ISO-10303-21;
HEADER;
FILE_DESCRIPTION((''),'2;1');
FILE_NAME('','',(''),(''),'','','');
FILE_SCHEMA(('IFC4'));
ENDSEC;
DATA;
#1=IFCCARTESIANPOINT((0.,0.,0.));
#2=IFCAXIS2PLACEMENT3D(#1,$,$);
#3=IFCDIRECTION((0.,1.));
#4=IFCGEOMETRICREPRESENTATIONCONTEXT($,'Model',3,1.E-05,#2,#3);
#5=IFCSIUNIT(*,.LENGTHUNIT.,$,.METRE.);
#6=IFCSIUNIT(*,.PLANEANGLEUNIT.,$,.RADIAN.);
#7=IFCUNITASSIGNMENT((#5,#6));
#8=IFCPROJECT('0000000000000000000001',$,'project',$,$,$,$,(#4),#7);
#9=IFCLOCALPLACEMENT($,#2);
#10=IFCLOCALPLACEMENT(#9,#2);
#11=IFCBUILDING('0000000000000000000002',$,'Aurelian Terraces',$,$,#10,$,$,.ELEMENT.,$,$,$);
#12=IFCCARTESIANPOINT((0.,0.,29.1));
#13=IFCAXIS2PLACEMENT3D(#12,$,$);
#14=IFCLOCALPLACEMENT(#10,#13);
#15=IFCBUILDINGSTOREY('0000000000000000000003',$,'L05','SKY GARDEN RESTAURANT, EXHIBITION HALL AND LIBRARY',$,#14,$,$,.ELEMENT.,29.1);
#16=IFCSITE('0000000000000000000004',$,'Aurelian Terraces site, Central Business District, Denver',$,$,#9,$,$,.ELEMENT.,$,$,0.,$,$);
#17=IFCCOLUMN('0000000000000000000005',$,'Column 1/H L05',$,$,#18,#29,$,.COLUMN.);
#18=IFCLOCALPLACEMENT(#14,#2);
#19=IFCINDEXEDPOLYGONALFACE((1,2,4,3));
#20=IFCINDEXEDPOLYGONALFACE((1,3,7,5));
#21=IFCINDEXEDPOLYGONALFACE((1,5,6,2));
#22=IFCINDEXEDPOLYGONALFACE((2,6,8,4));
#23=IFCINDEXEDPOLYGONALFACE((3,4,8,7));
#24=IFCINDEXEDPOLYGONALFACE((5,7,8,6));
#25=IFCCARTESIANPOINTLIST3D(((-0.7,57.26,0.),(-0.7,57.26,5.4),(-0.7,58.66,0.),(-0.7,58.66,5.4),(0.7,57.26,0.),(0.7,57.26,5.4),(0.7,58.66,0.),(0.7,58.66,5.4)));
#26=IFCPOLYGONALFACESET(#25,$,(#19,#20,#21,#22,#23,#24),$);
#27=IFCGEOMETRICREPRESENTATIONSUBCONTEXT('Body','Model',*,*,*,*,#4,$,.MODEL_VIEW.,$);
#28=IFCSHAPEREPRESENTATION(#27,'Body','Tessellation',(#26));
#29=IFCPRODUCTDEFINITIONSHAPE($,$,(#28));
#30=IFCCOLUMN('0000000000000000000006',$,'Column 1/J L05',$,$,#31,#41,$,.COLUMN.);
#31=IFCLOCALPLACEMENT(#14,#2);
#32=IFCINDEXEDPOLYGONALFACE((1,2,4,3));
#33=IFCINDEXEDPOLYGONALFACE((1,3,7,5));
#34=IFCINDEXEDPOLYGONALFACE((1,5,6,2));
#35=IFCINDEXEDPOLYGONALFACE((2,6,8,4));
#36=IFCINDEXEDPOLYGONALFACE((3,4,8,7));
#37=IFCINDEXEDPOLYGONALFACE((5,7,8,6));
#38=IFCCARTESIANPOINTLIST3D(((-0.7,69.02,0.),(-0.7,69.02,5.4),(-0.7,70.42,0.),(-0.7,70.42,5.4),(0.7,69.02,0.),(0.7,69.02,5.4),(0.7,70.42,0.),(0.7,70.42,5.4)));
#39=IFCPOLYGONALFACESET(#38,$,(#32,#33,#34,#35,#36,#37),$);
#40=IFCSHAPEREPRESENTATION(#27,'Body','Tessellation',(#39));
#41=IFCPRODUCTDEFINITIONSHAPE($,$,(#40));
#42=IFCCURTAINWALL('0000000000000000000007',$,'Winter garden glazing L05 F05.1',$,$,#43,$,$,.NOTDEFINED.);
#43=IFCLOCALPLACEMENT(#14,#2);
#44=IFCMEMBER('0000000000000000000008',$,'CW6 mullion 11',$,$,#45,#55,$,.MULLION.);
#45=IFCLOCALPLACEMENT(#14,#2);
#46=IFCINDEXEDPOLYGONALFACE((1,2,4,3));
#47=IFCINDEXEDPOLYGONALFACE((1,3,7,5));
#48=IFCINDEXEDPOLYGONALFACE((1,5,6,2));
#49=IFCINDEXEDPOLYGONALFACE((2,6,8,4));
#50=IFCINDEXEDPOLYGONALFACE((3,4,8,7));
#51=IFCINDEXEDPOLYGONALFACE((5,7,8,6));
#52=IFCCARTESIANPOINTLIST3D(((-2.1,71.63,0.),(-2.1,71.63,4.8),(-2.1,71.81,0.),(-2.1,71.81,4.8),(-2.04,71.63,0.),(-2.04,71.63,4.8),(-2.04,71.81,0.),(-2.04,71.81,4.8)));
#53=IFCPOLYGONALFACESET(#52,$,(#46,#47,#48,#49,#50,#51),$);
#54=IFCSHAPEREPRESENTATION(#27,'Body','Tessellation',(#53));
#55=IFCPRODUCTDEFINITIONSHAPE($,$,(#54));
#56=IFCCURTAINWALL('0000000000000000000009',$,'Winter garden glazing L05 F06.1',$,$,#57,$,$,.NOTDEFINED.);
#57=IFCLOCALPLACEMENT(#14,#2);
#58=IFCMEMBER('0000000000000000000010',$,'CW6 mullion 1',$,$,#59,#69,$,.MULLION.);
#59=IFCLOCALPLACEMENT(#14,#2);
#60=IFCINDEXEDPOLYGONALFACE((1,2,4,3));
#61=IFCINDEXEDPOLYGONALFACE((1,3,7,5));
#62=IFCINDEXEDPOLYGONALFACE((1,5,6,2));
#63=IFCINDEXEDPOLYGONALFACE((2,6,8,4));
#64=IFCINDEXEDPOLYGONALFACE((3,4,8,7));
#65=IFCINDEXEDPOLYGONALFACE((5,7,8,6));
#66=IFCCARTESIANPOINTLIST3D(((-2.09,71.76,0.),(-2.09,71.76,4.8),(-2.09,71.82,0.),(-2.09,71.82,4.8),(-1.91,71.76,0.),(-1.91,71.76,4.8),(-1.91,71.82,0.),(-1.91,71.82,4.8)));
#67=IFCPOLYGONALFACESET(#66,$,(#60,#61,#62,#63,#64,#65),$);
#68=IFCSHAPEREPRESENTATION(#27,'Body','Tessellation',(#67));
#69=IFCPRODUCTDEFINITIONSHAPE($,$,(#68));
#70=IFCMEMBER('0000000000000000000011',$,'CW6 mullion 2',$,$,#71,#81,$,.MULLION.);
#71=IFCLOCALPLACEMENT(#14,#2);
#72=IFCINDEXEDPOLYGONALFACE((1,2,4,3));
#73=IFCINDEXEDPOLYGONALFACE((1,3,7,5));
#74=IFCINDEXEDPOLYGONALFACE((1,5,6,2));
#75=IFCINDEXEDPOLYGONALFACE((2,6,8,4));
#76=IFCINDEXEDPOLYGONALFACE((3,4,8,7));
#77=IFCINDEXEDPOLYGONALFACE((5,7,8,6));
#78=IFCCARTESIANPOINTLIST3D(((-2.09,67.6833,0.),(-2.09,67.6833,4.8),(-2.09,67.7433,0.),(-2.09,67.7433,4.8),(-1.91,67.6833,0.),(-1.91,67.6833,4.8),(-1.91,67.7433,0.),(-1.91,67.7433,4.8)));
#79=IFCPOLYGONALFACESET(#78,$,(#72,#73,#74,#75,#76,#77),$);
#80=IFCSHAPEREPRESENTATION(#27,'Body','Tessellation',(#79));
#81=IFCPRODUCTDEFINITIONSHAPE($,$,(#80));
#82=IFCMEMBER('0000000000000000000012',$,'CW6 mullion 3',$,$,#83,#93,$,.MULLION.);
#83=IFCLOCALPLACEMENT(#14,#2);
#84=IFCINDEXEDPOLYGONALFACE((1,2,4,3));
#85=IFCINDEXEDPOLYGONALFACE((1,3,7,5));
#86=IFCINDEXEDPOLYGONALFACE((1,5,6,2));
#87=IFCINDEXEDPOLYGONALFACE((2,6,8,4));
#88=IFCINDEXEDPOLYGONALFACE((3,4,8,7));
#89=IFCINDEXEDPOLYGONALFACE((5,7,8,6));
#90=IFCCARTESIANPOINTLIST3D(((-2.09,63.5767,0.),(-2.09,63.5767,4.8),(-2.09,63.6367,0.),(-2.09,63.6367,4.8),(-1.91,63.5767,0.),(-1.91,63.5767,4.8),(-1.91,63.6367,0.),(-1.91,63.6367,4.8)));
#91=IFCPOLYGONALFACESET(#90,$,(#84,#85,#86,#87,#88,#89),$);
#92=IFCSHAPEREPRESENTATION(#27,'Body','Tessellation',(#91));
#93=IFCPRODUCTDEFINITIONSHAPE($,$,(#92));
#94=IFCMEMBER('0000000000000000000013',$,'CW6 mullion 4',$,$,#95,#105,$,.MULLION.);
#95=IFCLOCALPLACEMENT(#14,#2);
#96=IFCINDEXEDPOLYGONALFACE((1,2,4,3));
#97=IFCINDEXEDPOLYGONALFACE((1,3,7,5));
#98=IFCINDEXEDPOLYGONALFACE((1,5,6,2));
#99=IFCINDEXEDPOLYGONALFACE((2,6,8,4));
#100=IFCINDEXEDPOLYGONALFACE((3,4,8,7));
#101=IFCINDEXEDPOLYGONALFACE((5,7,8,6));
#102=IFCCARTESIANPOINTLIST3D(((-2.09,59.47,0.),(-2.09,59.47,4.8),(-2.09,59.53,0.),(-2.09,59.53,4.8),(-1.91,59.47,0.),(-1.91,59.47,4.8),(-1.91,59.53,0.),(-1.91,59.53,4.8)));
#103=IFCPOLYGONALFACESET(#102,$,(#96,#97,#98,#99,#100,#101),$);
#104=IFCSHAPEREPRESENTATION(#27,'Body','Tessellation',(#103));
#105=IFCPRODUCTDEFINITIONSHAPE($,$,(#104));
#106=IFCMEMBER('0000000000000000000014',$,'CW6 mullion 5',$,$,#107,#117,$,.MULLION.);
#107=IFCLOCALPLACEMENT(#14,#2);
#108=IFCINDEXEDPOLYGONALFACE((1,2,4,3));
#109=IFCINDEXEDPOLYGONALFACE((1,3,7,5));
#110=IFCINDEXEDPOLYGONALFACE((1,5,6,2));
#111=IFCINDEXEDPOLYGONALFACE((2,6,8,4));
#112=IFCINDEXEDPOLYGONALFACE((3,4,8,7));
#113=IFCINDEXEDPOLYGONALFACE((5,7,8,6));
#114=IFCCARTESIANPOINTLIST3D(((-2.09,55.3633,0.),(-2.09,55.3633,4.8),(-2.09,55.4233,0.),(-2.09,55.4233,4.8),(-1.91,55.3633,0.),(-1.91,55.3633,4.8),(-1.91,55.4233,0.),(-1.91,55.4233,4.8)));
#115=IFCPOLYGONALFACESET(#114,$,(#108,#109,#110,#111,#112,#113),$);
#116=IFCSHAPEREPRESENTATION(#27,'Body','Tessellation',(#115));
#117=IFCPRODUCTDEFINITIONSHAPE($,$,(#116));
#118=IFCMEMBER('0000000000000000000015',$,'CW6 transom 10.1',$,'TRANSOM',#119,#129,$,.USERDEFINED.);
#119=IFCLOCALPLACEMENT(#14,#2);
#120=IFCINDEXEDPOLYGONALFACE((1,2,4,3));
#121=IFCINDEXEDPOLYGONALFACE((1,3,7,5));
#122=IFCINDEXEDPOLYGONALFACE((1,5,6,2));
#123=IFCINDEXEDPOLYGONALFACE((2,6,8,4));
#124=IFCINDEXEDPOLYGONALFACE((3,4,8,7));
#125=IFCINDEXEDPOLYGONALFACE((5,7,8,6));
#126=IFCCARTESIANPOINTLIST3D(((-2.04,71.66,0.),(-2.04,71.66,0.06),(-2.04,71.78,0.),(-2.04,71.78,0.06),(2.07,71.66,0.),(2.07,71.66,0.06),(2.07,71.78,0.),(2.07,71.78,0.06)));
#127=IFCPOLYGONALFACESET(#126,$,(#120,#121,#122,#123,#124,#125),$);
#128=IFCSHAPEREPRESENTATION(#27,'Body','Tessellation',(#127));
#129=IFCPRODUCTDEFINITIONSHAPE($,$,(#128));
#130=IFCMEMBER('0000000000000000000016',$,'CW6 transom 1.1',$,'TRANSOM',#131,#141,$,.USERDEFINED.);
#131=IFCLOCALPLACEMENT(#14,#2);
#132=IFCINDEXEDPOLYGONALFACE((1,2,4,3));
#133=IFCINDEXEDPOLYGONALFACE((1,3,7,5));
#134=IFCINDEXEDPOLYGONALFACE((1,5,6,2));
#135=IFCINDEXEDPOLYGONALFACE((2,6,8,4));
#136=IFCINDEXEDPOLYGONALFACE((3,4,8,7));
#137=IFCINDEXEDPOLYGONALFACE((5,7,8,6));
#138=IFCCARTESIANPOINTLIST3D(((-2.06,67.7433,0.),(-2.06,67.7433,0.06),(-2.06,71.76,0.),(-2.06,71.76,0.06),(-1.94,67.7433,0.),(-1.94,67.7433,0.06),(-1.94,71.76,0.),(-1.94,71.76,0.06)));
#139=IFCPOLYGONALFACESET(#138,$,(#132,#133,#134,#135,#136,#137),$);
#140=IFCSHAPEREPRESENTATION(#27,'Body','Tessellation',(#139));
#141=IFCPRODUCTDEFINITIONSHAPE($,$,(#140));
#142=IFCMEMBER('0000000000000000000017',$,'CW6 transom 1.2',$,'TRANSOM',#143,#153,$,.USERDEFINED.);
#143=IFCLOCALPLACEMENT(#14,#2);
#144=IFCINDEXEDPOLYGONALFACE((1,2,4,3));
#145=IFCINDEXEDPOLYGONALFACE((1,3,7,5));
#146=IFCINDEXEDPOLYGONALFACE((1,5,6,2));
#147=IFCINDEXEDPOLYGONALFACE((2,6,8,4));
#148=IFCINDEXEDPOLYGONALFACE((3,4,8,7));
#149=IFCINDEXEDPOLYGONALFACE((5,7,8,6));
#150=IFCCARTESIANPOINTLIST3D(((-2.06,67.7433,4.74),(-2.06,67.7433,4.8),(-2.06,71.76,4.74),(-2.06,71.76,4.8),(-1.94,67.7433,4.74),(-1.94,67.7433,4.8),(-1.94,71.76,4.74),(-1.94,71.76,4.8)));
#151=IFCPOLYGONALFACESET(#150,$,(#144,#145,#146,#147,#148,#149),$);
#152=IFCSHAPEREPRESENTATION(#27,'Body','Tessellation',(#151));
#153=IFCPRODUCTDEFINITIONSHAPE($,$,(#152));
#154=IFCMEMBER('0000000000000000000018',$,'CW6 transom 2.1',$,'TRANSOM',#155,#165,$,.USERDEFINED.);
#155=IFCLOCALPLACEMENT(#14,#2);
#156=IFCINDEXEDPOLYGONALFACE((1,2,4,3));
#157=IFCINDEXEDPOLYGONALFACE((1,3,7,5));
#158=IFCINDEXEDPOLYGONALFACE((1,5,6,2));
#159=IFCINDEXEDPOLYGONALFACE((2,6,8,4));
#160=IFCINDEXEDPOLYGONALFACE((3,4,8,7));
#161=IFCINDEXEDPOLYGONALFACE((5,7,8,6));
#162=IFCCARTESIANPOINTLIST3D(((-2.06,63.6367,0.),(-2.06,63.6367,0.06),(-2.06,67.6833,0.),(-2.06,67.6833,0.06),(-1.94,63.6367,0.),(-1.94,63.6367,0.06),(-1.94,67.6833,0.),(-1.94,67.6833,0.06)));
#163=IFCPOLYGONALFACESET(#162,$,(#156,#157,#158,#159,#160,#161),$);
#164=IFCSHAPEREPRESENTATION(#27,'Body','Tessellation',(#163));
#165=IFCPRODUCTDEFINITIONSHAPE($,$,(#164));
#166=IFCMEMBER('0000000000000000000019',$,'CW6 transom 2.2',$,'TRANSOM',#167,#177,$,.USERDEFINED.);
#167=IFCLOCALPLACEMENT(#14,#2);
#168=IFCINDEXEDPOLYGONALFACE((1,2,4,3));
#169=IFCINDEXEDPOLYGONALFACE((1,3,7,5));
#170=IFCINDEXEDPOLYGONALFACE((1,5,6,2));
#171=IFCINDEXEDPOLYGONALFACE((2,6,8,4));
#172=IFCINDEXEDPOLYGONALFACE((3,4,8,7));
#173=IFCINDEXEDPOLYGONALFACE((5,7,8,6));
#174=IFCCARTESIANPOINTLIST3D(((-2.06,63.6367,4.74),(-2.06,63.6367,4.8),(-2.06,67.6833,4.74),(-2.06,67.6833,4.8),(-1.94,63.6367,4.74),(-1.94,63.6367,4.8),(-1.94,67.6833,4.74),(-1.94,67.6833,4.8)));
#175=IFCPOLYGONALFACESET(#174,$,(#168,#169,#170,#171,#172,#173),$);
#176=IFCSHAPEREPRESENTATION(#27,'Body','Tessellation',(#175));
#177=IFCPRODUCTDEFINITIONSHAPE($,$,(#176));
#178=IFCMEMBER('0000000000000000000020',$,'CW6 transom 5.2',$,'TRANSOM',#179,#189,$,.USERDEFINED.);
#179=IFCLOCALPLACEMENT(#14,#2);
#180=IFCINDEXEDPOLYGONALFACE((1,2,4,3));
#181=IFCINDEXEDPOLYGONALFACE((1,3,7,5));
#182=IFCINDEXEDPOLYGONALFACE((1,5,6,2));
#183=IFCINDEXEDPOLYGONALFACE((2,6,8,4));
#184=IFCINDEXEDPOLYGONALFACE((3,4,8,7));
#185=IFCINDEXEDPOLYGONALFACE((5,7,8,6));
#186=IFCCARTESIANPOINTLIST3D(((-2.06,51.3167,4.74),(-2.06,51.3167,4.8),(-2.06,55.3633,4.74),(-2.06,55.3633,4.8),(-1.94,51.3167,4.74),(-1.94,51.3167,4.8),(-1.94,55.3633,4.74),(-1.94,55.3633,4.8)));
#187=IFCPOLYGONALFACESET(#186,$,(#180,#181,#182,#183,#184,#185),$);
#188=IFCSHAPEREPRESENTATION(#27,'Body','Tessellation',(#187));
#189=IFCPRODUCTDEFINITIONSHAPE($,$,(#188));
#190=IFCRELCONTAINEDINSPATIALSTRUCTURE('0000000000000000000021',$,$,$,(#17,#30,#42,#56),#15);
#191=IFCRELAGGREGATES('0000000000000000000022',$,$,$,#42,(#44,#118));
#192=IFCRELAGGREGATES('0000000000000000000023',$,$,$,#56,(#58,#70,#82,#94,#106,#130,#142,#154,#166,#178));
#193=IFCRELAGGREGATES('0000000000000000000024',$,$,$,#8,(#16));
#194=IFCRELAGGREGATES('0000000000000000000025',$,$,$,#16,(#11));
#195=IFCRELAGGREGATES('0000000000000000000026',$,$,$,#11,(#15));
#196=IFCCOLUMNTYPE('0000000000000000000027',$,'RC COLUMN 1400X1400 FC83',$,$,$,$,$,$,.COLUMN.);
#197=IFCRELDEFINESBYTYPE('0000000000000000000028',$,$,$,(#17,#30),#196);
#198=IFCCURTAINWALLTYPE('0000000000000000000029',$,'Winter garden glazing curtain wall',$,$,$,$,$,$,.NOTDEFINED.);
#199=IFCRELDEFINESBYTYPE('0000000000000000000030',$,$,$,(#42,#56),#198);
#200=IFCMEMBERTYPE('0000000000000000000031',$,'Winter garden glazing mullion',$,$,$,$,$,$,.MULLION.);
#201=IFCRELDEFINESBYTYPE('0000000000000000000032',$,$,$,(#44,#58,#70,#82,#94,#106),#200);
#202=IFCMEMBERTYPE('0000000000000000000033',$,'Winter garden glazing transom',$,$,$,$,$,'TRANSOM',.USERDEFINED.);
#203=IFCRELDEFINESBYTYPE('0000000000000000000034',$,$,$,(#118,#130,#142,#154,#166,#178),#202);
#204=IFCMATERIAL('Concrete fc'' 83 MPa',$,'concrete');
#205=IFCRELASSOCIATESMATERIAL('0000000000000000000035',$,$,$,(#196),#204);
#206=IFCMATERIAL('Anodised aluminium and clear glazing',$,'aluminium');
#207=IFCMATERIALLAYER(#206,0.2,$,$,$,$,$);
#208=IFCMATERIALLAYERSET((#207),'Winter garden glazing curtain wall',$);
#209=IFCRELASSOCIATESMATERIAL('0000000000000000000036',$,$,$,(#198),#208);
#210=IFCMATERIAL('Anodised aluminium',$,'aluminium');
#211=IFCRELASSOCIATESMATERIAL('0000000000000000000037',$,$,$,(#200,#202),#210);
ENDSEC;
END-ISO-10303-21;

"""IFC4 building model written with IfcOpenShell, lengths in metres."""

from ifc_helpers import new_model, si_unit, direction, frame, origin, origin_2d, place, context, subcontext, project, spatial, rectangle, extrude, source, transform, mapped, material, layer, layer_set, material_profile, profile_set, type_object, element, aggregate, save


model = new_model("IFC4")

# Units and contexts
model_context = context("Model", 3, precision=1e-05, world=origin(), true_north=direction((0.0, 1.0)))
body_context = subcontext(model_context, "Body", "Model", "MODEL_VIEW")
ifc_project = project(units=[si_unit("LENGTHUNIT", "METRE"), si_unit("PLANEANGLEUNIT", "RADIAN")], contexts=[model_context])

# Site, building, storey
site_placement = place(None, origin())
site = spatial("IfcSite", under=ifc_project, at=site_placement, Name="Aurelian Terraces site, Central Business District, Denver", CompositionType="ELEMENT", RefElevation=0.0)
building_placement = place(site_placement, origin())
building = spatial("IfcBuilding", under=site, at=building_placement, Name="Aurelian Terraces", CompositionType="ELEMENT")
storey_placement = place(building_placement, frame((0.0, 0.0, 29.1)))
storey = spatial("IfcBuildingStorey", under=building, at=storey_placement, Name="L05", Description="SKY GARDEN RESTAURANT, EXHIBITION HALL AND LIBRARY", CompositionType="ELEMENT", Elevation=29.1)

# Columns
ifc_material_1 = material(Name="Concrete fc' 83 MPa", Category="concrete")
ifc_material_profile_1 = material_profile(ifc_material_1, rectangle(XDim=1.4, YDim=1.4, at=origin_2d()))
ifc_profile_set_1 = profile_set([ifc_material_profile_1], Name="Concrete fc' 83 MPa")
column_type = type_object("IfcColumnType", Name="RC COLUMN 1400X1400 FC83", PredefinedType="COLUMN", material=ifc_profile_set_1)
shared_shape_1 = source(origin(), body_context, "Body", "SweptSolid", [
    extrude(rectangle(XDim=1.4, YDim=1.4, at=origin_2d()), origin(), (0.0, 0.0, 1.0), 5.4),
])
for number, where, z_axis, x_axis, name in (
    (1, (0.0, 57.96, 0.0), (0.0, 0.0, 1.0), (1.0, 0.0, 0.0), "Column 1/H L05"),
    (2, (0.0, 69.72, 0.0), (0.0, 0.0, 1.0), (1.0, 0.0, 0.0), "Column 1/J L05"),
):
    element("IfcColumn", number, at=place(storey_placement, frame(where, z_axis=z_axis, x_axis=x_axis)), inside=storey, type_object=column_type, Name=name, PredefinedType="COLUMN", context=body_context, shape_type="MappedRepresentation", body=[
        mapped(shared_shape_1, transform((0.0, 0.0, 0.0), scale=1.0)),
    ])

# Curtain wall, member
ifc_material_2 = material(Name="Anodised aluminium and clear glazing", Category="aluminium")
ifc_layer_1 = layer(ifc_material_2, 0.2)
ifc_layer_set_1 = layer_set([ifc_layer_1], Name="Winter garden glazing curtain wall")
curtain_wall_type = type_object("IfcCurtainWallType", Name="Winter garden glazing curtain wall", PredefinedType="NOTDEFINED", material=ifc_layer_set_1)
curtain_wall_1_placement = place(storey_placement, origin())
curtain_wall_1 = element("IfcCurtainWall", 3, at=curtain_wall_1_placement, inside=storey, type_object=curtain_wall_type, Name="Winter garden glazing L05 F05.1", PredefinedType="NOTDEFINED")
ifc_material_3 = material(Name="Anodised aluminium", Category="aluminium")
ifc_material_profile_2 = material_profile(ifc_material_3, rectangle(XDim=0.18, YDim=0.06, at=origin_2d()))
ifc_profile_set_2 = profile_set([ifc_material_profile_2], Name="Anodised aluminium")
member_type_1 = type_object("IfcMemberType", Name="Winter garden glazing mullion", PredefinedType="MULLION", material=ifc_profile_set_2)
shared_shape_2 = source(origin(), body_context, "Body", "SweptSolid", [
    extrude(rectangle(XDim=0.18, YDim=0.06, at=origin_2d()), origin(), (0.0, 0.0, 1.0), 4.8),
])
member_1_placement = place(storey_placement, frame((-2.07, 71.72, 0.0), z_axis=(0.0, 0.0, 1.0), x_axis=(0.0, -1.0, 0.0)))
member_1 = element("IfcMember", 4, at=member_1_placement, type_object=member_type_1, Name="CW6 mullion 11", PredefinedType="MULLION", context=body_context, shape_type="MappedRepresentation", body=[
    mapped(shared_shape_2, transform((0.0, 0.0, 0.0), scale=1.0)),
])

# Curtain wall, members
curtain_wall_2_placement = place(storey_placement, origin())
curtain_wall_2 = element("IfcCurtainWall", 5, at=curtain_wall_2_placement, inside=storey, type_object=curtain_wall_type, Name="Winter garden glazing L05 F06.1", PredefinedType="NOTDEFINED")
member_2_placement = place(storey_placement, frame((-2.0, 71.79, 0.0), z_axis=(0.0, 0.0, 1.0), x_axis=(1.0, 0.0, 0.0)))
member_2 = element("IfcMember", 6, at=member_2_placement, type_object=member_type_1, Name="CW6 mullion 1", PredefinedType="MULLION", context=body_context, shape_type="MappedRepresentation", body=[
    mapped(shared_shape_2, transform((0.0, 0.0, 0.0), scale=1.0)),
])
member_3_placement = place(storey_placement, frame((-2.0, 67.7133, 0.0), z_axis=(0.0, 0.0, 1.0), x_axis=(1.0, 0.0, 0.0)))
member_3 = element("IfcMember", 7, at=member_3_placement, type_object=member_type_1, Name="CW6 mullion 2", PredefinedType="MULLION", context=body_context, shape_type="MappedRepresentation", body=[
    mapped(shared_shape_2, transform((0.0, 0.0, 0.0), scale=1.0)),
])
member_4_placement = place(storey_placement, frame((-2.0, 63.6067, 0.0), z_axis=(0.0, 0.0, 1.0), x_axis=(1.0, 0.0, 0.0)))
member_4 = element("IfcMember", 8, at=member_4_placement, type_object=member_type_1, Name="CW6 mullion 3", PredefinedType="MULLION", context=body_context, shape_type="MappedRepresentation", body=[
    mapped(shared_shape_2, transform((0.0, 0.0, 0.0), scale=1.0)),
])
member_5_placement = place(storey_placement, frame((-2.0, 59.5, 0.0), z_axis=(0.0, 0.0, 1.0), x_axis=(1.0, 0.0, 0.0)))
member_5 = element("IfcMember", 9, at=member_5_placement, type_object=member_type_1, Name="CW6 mullion 4", PredefinedType="MULLION", context=body_context, shape_type="MappedRepresentation", body=[
    mapped(shared_shape_2, transform((0.0, 0.0, 0.0), scale=1.0)),
])
member_6_placement = place(storey_placement, frame((-2.0, 55.3933, 0.0), z_axis=(0.0, 0.0, 1.0), x_axis=(1.0, 0.0, 0.0)))
member_6 = element("IfcMember", 10, at=member_6_placement, type_object=member_type_1, Name="CW6 mullion 5", PredefinedType="MULLION", context=body_context, shape_type="MappedRepresentation", body=[
    mapped(shared_shape_2, transform((0.0, 0.0, 0.0), scale=1.0)),
])

# Members
ifc_material_profile_3 = material_profile(ifc_material_3, rectangle(XDim=0.12, YDim=0.06, at=origin_2d()))
ifc_profile_set_3 = profile_set([ifc_material_profile_3], Name="Anodised aluminium")
member_type_2 = type_object("IfcMemberType", Name="Winter garden glazing transom", ElementType="TRANSOM", PredefinedType="USERDEFINED", material=ifc_profile_set_3)
shared_shape_3 = source(origin(), body_context, "Body", "SweptSolid", [
    extrude(rectangle(XDim=0.12, YDim=0.06, at=origin_2d()), origin(), (0.0, 0.0, 1.0), 4.11),
])
member_7_placement = place(storey_placement, frame((2.07, 71.72, 0.03), z_axis=(-1.0, 0.0, 0.0), x_axis=(0.0, -1.0, 0.0)))
member_7 = element("IfcMember", 11, at=member_7_placement, type_object=member_type_2, Name="CW6 transom 10.1", ObjectType="TRANSOM", PredefinedType="USERDEFINED", context=body_context, shape_type="MappedRepresentation", body=[
    mapped(shared_shape_3, transform((0.0, 0.0, 0.0), scale=1.0)),
])
shared_shape_4 = source(origin(), body_context, "Body", "SweptSolid", [
    extrude(rectangle(XDim=0.12, YDim=0.06, at=origin_2d()), origin(), (0.0, 0.0, 1.0), 4.0167),
])
member_8_placement = place(storey_placement, frame((-2.0, 71.76, 0.03), z_axis=(0.0, -1.0, 0.0), x_axis=(1.0, 0.0, 0.0)))
member_8 = element("IfcMember", 12, at=member_8_placement, type_object=member_type_2, Name="CW6 transom 1.1", ObjectType="TRANSOM", PredefinedType="USERDEFINED", context=body_context, shape_type="MappedRepresentation", body=[
    mapped(shared_shape_4, transform((0.0, 0.0, 0.0), scale=1.0)),
])
member_9_placement = place(storey_placement, frame((-2.0, 71.76, 4.77), z_axis=(0.0, -1.0, 0.0), x_axis=(1.0, 0.0, 0.0)))
member_9 = element("IfcMember", 13, at=member_9_placement, type_object=member_type_2, Name="CW6 transom 1.2", ObjectType="TRANSOM", PredefinedType="USERDEFINED", context=body_context, shape_type="MappedRepresentation", body=[
    mapped(shared_shape_4, transform((0.0, 0.0, 0.0), scale=1.0)),
])
shared_shape_5 = source(origin(), body_context, "Body", "SweptSolid", [
    extrude(rectangle(XDim=0.12, YDim=0.06, at=origin_2d()), origin(), (0.0, 0.0, 1.0), 4.0466),
])
member_10_placement = place(storey_placement, frame((-2.0, 67.6833, 0.03), z_axis=(0.0, -1.0, 0.0), x_axis=(1.0, 0.0, 0.0)))
member_10 = element("IfcMember", 14, at=member_10_placement, type_object=member_type_2, Name="CW6 transom 2.1", ObjectType="TRANSOM", PredefinedType="USERDEFINED", context=body_context, shape_type="MappedRepresentation", body=[
    mapped(shared_shape_5, transform((0.0, 0.0, 0.0), scale=1.0)),
])
member_11_placement = place(storey_placement, frame((-2.0, 67.6833, 4.77), z_axis=(0.0, -1.0, 0.0), x_axis=(1.0, 0.0, 0.0)))
member_11 = element("IfcMember", 15, at=member_11_placement, type_object=member_type_2, Name="CW6 transom 2.2", ObjectType="TRANSOM", PredefinedType="USERDEFINED", context=body_context, shape_type="MappedRepresentation", body=[
    mapped(shared_shape_5, transform((0.0, 0.0, 0.0), scale=1.0)),
])
member_12_placement = place(storey_placement, frame((-2.0, 55.3633, 4.77), z_axis=(0.0, -1.0, 0.0), x_axis=(1.0, 0.0, 0.0)))
member_12 = element("IfcMember", 16, at=member_12_placement, type_object=member_type_2, Name="CW6 transom 5.2", ObjectType="TRANSOM", PredefinedType="USERDEFINED", context=body_context, shape_type="MappedRepresentation", body=[
    mapped(shared_shape_5, transform((0.0, 0.0, 0.0), scale=1.0)),
])

aggregate(curtain_wall_1, [member_1, member_7])
aggregate(curtain_wall_2, [member_2, member_3, member_4, member_5, member_6, member_8, member_9, member_10, member_11, member_12])

save(model, "model.ifc")
